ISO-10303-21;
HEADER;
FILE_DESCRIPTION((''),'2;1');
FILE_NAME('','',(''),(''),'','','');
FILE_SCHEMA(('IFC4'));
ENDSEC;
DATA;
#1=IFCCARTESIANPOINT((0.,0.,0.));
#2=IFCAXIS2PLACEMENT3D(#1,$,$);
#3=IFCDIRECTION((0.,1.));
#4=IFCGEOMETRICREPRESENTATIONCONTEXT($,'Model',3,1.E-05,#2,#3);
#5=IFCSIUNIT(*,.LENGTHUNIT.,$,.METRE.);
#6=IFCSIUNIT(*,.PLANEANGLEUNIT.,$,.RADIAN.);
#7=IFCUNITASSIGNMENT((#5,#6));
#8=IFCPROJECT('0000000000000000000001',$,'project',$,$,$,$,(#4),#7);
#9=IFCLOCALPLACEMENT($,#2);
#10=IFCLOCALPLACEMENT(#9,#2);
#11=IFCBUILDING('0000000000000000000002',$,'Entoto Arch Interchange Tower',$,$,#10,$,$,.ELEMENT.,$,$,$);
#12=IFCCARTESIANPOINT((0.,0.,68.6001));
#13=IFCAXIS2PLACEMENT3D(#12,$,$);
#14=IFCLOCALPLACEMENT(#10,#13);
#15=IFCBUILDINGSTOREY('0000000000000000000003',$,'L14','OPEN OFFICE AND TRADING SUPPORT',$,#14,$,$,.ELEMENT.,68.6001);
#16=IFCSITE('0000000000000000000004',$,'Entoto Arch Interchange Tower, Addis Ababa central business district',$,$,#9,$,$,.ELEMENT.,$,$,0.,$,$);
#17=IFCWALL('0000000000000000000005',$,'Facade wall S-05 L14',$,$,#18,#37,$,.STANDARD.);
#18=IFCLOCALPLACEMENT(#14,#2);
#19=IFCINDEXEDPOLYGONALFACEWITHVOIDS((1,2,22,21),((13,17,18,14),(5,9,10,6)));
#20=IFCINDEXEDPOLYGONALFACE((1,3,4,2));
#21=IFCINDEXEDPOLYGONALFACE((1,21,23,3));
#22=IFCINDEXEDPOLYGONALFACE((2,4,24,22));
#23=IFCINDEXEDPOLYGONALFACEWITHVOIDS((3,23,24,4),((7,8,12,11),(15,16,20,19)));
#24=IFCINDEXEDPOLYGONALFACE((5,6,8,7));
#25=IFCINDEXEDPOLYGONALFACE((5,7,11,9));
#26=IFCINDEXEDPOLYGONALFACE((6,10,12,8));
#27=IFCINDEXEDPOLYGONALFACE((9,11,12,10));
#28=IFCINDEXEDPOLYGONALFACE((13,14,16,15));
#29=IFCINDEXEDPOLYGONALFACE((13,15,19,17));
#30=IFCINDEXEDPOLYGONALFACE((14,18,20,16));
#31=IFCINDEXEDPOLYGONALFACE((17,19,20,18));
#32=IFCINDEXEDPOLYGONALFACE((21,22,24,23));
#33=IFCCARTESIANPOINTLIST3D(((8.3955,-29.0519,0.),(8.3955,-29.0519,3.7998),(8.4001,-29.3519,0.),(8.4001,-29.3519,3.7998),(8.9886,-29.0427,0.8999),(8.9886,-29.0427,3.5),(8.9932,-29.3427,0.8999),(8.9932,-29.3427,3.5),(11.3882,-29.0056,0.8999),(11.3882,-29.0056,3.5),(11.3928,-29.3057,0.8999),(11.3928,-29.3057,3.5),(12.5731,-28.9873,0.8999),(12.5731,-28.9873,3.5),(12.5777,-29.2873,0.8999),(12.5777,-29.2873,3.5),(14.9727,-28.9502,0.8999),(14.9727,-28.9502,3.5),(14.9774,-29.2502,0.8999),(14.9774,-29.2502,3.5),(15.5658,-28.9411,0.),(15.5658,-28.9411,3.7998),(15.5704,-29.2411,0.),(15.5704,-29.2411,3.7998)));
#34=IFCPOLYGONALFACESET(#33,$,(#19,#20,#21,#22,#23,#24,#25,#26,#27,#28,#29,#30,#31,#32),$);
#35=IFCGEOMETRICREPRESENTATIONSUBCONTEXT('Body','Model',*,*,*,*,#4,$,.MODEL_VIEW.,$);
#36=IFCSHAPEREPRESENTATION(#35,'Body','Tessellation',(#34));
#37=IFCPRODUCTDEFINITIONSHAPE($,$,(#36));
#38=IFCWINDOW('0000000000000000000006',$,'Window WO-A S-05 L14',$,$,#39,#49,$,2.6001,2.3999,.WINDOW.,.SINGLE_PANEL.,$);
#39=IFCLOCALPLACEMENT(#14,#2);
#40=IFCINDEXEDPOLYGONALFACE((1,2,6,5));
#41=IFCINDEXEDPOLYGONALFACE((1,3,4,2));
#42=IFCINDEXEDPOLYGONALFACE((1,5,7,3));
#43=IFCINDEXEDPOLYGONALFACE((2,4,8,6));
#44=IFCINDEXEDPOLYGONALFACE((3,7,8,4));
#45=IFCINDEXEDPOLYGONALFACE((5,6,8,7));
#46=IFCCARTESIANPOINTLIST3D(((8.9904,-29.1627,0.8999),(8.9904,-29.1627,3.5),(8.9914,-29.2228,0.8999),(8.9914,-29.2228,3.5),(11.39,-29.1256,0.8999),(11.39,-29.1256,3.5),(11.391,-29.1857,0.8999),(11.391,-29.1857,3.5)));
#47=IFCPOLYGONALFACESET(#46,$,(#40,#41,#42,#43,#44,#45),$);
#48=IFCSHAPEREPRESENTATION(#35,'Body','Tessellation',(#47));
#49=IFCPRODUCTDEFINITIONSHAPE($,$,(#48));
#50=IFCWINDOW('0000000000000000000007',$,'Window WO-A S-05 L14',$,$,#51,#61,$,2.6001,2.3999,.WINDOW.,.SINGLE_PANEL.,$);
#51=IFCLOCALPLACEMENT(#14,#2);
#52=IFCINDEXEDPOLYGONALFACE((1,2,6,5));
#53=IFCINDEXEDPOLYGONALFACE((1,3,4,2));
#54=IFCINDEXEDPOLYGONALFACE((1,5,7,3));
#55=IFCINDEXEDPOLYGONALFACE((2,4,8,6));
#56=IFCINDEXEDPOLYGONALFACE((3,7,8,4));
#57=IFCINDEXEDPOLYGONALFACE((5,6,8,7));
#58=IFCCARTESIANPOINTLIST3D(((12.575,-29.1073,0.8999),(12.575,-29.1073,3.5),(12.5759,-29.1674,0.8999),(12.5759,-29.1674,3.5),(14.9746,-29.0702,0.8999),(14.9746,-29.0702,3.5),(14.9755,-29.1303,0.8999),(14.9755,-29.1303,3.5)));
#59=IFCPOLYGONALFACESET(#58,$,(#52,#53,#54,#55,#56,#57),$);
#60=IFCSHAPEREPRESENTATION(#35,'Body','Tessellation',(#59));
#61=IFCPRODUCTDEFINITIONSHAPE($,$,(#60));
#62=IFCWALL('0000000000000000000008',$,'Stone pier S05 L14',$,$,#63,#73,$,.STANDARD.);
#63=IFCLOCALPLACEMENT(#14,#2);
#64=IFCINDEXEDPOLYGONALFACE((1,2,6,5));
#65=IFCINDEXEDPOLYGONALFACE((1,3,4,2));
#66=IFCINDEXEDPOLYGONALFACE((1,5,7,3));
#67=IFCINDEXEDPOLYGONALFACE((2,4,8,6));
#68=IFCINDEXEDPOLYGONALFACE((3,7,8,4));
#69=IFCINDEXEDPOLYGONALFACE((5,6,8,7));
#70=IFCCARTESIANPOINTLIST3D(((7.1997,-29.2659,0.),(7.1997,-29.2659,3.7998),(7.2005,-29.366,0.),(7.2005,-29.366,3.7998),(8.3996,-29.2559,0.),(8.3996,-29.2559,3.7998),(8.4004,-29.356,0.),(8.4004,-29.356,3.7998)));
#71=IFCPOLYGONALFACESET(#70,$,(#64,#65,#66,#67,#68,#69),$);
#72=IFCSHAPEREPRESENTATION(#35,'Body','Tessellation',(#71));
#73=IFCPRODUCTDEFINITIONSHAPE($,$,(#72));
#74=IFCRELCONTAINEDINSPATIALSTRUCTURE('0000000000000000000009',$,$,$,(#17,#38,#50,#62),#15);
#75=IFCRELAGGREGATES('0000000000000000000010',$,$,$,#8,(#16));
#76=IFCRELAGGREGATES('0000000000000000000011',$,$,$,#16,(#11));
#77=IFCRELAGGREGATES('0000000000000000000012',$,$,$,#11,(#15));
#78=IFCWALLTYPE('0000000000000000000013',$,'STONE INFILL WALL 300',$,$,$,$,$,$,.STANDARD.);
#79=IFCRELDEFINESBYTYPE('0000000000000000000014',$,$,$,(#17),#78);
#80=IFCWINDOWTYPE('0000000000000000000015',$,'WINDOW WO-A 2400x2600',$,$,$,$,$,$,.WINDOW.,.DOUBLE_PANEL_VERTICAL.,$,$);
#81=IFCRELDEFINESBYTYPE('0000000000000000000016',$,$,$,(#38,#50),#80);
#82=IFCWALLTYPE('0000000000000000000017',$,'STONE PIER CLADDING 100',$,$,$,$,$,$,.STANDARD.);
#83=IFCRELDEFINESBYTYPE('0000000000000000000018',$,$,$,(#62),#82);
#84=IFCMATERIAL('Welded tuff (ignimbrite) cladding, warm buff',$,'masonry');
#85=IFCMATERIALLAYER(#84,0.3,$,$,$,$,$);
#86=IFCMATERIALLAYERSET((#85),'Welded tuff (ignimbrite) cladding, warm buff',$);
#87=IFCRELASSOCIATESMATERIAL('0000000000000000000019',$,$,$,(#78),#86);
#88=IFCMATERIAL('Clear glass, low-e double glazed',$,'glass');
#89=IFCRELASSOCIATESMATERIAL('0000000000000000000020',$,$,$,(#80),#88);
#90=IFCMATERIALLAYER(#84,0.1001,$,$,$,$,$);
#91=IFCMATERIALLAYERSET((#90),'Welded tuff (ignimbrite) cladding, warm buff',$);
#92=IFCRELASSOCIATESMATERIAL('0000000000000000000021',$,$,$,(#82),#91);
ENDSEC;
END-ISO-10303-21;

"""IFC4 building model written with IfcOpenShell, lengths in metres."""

from ifc_helpers import new_model, si_unit, direction, frame, frame_2d, origin, place, context, subcontext, project, spatial, rectangle, extrude, material, layer, layer_set, type_object, element, fill, save


model = new_model("IFC4")

# Units and contexts
model_context = context("Model", 3, precision=1e-05, world=origin(), true_north=direction((0.0, 1.0)))
body_context = subcontext(model_context, "Body", "Model", "MODEL_VIEW")
ifc_project = project(units=[si_unit("LENGTHUNIT", "METRE"), si_unit("PLANEANGLEUNIT", "RADIAN")], contexts=[model_context])

# Site, building, storey
site_placement = place(None, origin())
site = spatial("IfcSite", under=ifc_project, at=site_placement, Name="Entoto Arch Interchange Tower, Addis Ababa central business district", CompositionType="ELEMENT", RefElevation=0.0)
building_placement = place(site_placement, origin())
building = spatial("IfcBuilding", under=site, at=building_placement, Name="Entoto Arch Interchange Tower", CompositionType="ELEMENT")
storey_placement = place(building_placement, frame((0.0, 0.0, 68.6001)))
storey = spatial("IfcBuildingStorey", under=building, at=storey_placement, Name="L14", Description="OPEN OFFICE AND TRADING SUPPORT", CompositionType="ELEMENT", Elevation=68.6001)

# Shared definitions
ifc_material_1 = material(Name="Clear glass, low-e double glazed", Category="glass")

# Wall, openings, windows
ifc_material_2 = material(Name="Welded tuff (ignimbrite) cladding, warm buff", Category="masonry")
ifc_layer_1 = layer(ifc_material_2, 0.3)
ifc_layer_set_1 = layer_set([ifc_layer_1], Name="Welded tuff (ignimbrite) cladding, warm buff")
wall_type_1 = type_object("IfcWallType", Name="STONE INFILL WALL 300", PredefinedType="STANDARD", material=ifc_layer_set_1)
wall_1_placement = place(storey_placement, frame((8.3979, -29.2019, 0.0), z_axis=(0.0, 0.0, 1.0), x_axis=(0.999881, 0.015457, 0.0)))
wall_1 = element("IfcWall", 1, at=wall_1_placement, inside=storey, type_object=wall_type_1, Name="Facade wall S-05 L14", PredefinedType="STANDARD", context=body_context, shape_type="SweptSolid", body=[
    extrude(rectangle(XDim=7.1711, YDim=0.3, at=frame_2d((3.5854, 0.0))), origin(), (0.0, 0.0, 1.0), 3.7998),
])
opening_1_placement = place(wall_1_placement, frame((0.593, 0.0, 0.8999)))
opening_1 = element("IfcOpeningElement", 2, at=opening_1_placement, cuts=wall_1, PredefinedType="OPENING", context=body_context, shape_type="SweptSolid", body=[
    extrude(rectangle(XDim=2.3999, YDim=2.6001, at=frame_2d((1.2, 1.3))), frame((0.0, 0.1602, 0.0), z_axis=(0.0, -1.0, 0.0), x_axis=(1.0, 0.0, 0.0)), (0.0, 0.0, 1.0), 0.3201),
])
opening_2_placement = place(wall_1_placement, frame((4.178, 0.0, 0.8999)))
opening_2 = element("IfcOpeningElement", 3, at=opening_2_placement, cuts=wall_1, PredefinedType="OPENING", context=body_context, shape_type="SweptSolid", body=[
    extrude(rectangle(XDim=2.3999, YDim=2.6001, at=frame_2d((1.2, 1.3))), frame((0.0, 0.1602, 0.0), z_axis=(0.0, -1.0, 0.0), x_axis=(1.0, 0.0, 0.0)), (0.0, 0.0, 1.0), 0.3201),
])
window_type = type_object("IfcWindowType", Name="WINDOW WO-A 2400x2600", PartitioningType="DOUBLE_PANEL_VERTICAL", PredefinedType="WINDOW", material=ifc_material_1)
window_1_placement = place(opening_1_placement, origin())
window_1 = element("IfcWindow", 4, at=window_1_placement, inside=storey, type_object=window_type, Name="Window WO-A S-05 L14", OverallHeight=2.6001, OverallWidth=2.3999, PartitioningType="SINGLE_PANEL", PredefinedType="WINDOW", context=body_context, shape_type="SweptSolid", body=[
    extrude(rectangle(XDim=2.3999, YDim=2.6001, at=frame_2d((1.2, 1.3))), frame((0.0, 0.03, 0.0), z_axis=(0.0, -1.0, 0.0), x_axis=(1.0, 0.0, 0.0)), (0.0, 0.0, 1.0), 0.0601),
])
fill(opening_1, window_1)
window_2_placement = place(opening_2_placement, origin())
window_2 = element("IfcWindow", 5, at=window_2_placement, inside=storey, type_object=window_type, Name="Window WO-A S-05 L14", OverallHeight=2.6001, OverallWidth=2.3999, PartitioningType="SINGLE_PANEL", PredefinedType="WINDOW", context=body_context, shape_type="SweptSolid", body=[
    extrude(rectangle(XDim=2.3999, YDim=2.6001, at=frame_2d((1.2, 1.3))), frame((0.0, 0.03, 0.0), z_axis=(0.0, -1.0, 0.0), x_axis=(1.0, 0.0, 0.0)), (0.0, 0.0, 1.0), 0.0601),
])
fill(opening_2, window_2)

# Wall
ifc_layer_2 = layer(ifc_material_2, 0.1001)
ifc_layer_set_2 = layer_set([ifc_layer_2], Name="Welded tuff (ignimbrite) cladding, warm buff")
wall_type_2 = type_object("IfcWallType", Name="STONE PIER CLADDING 100", PredefinedType="STANDARD", material=ifc_layer_set_2)
wall_2_placement = place(storey_placement, frame((7.2, -29.3159, 0.0), z_axis=(0.0, 0.0, 1.0), x_axis=(0.999965, 0.008342, 0.0)))
element("IfcWall", 6, at=wall_2_placement, inside=storey, type_object=wall_type_2, Name="Stone pier S05 L14", PredefinedType="STANDARD", context=body_context, shape_type="SweptSolid", body=[
    extrude(rectangle(XDim=1.2, YDim=0.1001, at=frame_2d((0.6001, 0.0))), origin(), (0.0, 0.0, 1.0), 3.7998),
])

save(model, "model.ifc")
